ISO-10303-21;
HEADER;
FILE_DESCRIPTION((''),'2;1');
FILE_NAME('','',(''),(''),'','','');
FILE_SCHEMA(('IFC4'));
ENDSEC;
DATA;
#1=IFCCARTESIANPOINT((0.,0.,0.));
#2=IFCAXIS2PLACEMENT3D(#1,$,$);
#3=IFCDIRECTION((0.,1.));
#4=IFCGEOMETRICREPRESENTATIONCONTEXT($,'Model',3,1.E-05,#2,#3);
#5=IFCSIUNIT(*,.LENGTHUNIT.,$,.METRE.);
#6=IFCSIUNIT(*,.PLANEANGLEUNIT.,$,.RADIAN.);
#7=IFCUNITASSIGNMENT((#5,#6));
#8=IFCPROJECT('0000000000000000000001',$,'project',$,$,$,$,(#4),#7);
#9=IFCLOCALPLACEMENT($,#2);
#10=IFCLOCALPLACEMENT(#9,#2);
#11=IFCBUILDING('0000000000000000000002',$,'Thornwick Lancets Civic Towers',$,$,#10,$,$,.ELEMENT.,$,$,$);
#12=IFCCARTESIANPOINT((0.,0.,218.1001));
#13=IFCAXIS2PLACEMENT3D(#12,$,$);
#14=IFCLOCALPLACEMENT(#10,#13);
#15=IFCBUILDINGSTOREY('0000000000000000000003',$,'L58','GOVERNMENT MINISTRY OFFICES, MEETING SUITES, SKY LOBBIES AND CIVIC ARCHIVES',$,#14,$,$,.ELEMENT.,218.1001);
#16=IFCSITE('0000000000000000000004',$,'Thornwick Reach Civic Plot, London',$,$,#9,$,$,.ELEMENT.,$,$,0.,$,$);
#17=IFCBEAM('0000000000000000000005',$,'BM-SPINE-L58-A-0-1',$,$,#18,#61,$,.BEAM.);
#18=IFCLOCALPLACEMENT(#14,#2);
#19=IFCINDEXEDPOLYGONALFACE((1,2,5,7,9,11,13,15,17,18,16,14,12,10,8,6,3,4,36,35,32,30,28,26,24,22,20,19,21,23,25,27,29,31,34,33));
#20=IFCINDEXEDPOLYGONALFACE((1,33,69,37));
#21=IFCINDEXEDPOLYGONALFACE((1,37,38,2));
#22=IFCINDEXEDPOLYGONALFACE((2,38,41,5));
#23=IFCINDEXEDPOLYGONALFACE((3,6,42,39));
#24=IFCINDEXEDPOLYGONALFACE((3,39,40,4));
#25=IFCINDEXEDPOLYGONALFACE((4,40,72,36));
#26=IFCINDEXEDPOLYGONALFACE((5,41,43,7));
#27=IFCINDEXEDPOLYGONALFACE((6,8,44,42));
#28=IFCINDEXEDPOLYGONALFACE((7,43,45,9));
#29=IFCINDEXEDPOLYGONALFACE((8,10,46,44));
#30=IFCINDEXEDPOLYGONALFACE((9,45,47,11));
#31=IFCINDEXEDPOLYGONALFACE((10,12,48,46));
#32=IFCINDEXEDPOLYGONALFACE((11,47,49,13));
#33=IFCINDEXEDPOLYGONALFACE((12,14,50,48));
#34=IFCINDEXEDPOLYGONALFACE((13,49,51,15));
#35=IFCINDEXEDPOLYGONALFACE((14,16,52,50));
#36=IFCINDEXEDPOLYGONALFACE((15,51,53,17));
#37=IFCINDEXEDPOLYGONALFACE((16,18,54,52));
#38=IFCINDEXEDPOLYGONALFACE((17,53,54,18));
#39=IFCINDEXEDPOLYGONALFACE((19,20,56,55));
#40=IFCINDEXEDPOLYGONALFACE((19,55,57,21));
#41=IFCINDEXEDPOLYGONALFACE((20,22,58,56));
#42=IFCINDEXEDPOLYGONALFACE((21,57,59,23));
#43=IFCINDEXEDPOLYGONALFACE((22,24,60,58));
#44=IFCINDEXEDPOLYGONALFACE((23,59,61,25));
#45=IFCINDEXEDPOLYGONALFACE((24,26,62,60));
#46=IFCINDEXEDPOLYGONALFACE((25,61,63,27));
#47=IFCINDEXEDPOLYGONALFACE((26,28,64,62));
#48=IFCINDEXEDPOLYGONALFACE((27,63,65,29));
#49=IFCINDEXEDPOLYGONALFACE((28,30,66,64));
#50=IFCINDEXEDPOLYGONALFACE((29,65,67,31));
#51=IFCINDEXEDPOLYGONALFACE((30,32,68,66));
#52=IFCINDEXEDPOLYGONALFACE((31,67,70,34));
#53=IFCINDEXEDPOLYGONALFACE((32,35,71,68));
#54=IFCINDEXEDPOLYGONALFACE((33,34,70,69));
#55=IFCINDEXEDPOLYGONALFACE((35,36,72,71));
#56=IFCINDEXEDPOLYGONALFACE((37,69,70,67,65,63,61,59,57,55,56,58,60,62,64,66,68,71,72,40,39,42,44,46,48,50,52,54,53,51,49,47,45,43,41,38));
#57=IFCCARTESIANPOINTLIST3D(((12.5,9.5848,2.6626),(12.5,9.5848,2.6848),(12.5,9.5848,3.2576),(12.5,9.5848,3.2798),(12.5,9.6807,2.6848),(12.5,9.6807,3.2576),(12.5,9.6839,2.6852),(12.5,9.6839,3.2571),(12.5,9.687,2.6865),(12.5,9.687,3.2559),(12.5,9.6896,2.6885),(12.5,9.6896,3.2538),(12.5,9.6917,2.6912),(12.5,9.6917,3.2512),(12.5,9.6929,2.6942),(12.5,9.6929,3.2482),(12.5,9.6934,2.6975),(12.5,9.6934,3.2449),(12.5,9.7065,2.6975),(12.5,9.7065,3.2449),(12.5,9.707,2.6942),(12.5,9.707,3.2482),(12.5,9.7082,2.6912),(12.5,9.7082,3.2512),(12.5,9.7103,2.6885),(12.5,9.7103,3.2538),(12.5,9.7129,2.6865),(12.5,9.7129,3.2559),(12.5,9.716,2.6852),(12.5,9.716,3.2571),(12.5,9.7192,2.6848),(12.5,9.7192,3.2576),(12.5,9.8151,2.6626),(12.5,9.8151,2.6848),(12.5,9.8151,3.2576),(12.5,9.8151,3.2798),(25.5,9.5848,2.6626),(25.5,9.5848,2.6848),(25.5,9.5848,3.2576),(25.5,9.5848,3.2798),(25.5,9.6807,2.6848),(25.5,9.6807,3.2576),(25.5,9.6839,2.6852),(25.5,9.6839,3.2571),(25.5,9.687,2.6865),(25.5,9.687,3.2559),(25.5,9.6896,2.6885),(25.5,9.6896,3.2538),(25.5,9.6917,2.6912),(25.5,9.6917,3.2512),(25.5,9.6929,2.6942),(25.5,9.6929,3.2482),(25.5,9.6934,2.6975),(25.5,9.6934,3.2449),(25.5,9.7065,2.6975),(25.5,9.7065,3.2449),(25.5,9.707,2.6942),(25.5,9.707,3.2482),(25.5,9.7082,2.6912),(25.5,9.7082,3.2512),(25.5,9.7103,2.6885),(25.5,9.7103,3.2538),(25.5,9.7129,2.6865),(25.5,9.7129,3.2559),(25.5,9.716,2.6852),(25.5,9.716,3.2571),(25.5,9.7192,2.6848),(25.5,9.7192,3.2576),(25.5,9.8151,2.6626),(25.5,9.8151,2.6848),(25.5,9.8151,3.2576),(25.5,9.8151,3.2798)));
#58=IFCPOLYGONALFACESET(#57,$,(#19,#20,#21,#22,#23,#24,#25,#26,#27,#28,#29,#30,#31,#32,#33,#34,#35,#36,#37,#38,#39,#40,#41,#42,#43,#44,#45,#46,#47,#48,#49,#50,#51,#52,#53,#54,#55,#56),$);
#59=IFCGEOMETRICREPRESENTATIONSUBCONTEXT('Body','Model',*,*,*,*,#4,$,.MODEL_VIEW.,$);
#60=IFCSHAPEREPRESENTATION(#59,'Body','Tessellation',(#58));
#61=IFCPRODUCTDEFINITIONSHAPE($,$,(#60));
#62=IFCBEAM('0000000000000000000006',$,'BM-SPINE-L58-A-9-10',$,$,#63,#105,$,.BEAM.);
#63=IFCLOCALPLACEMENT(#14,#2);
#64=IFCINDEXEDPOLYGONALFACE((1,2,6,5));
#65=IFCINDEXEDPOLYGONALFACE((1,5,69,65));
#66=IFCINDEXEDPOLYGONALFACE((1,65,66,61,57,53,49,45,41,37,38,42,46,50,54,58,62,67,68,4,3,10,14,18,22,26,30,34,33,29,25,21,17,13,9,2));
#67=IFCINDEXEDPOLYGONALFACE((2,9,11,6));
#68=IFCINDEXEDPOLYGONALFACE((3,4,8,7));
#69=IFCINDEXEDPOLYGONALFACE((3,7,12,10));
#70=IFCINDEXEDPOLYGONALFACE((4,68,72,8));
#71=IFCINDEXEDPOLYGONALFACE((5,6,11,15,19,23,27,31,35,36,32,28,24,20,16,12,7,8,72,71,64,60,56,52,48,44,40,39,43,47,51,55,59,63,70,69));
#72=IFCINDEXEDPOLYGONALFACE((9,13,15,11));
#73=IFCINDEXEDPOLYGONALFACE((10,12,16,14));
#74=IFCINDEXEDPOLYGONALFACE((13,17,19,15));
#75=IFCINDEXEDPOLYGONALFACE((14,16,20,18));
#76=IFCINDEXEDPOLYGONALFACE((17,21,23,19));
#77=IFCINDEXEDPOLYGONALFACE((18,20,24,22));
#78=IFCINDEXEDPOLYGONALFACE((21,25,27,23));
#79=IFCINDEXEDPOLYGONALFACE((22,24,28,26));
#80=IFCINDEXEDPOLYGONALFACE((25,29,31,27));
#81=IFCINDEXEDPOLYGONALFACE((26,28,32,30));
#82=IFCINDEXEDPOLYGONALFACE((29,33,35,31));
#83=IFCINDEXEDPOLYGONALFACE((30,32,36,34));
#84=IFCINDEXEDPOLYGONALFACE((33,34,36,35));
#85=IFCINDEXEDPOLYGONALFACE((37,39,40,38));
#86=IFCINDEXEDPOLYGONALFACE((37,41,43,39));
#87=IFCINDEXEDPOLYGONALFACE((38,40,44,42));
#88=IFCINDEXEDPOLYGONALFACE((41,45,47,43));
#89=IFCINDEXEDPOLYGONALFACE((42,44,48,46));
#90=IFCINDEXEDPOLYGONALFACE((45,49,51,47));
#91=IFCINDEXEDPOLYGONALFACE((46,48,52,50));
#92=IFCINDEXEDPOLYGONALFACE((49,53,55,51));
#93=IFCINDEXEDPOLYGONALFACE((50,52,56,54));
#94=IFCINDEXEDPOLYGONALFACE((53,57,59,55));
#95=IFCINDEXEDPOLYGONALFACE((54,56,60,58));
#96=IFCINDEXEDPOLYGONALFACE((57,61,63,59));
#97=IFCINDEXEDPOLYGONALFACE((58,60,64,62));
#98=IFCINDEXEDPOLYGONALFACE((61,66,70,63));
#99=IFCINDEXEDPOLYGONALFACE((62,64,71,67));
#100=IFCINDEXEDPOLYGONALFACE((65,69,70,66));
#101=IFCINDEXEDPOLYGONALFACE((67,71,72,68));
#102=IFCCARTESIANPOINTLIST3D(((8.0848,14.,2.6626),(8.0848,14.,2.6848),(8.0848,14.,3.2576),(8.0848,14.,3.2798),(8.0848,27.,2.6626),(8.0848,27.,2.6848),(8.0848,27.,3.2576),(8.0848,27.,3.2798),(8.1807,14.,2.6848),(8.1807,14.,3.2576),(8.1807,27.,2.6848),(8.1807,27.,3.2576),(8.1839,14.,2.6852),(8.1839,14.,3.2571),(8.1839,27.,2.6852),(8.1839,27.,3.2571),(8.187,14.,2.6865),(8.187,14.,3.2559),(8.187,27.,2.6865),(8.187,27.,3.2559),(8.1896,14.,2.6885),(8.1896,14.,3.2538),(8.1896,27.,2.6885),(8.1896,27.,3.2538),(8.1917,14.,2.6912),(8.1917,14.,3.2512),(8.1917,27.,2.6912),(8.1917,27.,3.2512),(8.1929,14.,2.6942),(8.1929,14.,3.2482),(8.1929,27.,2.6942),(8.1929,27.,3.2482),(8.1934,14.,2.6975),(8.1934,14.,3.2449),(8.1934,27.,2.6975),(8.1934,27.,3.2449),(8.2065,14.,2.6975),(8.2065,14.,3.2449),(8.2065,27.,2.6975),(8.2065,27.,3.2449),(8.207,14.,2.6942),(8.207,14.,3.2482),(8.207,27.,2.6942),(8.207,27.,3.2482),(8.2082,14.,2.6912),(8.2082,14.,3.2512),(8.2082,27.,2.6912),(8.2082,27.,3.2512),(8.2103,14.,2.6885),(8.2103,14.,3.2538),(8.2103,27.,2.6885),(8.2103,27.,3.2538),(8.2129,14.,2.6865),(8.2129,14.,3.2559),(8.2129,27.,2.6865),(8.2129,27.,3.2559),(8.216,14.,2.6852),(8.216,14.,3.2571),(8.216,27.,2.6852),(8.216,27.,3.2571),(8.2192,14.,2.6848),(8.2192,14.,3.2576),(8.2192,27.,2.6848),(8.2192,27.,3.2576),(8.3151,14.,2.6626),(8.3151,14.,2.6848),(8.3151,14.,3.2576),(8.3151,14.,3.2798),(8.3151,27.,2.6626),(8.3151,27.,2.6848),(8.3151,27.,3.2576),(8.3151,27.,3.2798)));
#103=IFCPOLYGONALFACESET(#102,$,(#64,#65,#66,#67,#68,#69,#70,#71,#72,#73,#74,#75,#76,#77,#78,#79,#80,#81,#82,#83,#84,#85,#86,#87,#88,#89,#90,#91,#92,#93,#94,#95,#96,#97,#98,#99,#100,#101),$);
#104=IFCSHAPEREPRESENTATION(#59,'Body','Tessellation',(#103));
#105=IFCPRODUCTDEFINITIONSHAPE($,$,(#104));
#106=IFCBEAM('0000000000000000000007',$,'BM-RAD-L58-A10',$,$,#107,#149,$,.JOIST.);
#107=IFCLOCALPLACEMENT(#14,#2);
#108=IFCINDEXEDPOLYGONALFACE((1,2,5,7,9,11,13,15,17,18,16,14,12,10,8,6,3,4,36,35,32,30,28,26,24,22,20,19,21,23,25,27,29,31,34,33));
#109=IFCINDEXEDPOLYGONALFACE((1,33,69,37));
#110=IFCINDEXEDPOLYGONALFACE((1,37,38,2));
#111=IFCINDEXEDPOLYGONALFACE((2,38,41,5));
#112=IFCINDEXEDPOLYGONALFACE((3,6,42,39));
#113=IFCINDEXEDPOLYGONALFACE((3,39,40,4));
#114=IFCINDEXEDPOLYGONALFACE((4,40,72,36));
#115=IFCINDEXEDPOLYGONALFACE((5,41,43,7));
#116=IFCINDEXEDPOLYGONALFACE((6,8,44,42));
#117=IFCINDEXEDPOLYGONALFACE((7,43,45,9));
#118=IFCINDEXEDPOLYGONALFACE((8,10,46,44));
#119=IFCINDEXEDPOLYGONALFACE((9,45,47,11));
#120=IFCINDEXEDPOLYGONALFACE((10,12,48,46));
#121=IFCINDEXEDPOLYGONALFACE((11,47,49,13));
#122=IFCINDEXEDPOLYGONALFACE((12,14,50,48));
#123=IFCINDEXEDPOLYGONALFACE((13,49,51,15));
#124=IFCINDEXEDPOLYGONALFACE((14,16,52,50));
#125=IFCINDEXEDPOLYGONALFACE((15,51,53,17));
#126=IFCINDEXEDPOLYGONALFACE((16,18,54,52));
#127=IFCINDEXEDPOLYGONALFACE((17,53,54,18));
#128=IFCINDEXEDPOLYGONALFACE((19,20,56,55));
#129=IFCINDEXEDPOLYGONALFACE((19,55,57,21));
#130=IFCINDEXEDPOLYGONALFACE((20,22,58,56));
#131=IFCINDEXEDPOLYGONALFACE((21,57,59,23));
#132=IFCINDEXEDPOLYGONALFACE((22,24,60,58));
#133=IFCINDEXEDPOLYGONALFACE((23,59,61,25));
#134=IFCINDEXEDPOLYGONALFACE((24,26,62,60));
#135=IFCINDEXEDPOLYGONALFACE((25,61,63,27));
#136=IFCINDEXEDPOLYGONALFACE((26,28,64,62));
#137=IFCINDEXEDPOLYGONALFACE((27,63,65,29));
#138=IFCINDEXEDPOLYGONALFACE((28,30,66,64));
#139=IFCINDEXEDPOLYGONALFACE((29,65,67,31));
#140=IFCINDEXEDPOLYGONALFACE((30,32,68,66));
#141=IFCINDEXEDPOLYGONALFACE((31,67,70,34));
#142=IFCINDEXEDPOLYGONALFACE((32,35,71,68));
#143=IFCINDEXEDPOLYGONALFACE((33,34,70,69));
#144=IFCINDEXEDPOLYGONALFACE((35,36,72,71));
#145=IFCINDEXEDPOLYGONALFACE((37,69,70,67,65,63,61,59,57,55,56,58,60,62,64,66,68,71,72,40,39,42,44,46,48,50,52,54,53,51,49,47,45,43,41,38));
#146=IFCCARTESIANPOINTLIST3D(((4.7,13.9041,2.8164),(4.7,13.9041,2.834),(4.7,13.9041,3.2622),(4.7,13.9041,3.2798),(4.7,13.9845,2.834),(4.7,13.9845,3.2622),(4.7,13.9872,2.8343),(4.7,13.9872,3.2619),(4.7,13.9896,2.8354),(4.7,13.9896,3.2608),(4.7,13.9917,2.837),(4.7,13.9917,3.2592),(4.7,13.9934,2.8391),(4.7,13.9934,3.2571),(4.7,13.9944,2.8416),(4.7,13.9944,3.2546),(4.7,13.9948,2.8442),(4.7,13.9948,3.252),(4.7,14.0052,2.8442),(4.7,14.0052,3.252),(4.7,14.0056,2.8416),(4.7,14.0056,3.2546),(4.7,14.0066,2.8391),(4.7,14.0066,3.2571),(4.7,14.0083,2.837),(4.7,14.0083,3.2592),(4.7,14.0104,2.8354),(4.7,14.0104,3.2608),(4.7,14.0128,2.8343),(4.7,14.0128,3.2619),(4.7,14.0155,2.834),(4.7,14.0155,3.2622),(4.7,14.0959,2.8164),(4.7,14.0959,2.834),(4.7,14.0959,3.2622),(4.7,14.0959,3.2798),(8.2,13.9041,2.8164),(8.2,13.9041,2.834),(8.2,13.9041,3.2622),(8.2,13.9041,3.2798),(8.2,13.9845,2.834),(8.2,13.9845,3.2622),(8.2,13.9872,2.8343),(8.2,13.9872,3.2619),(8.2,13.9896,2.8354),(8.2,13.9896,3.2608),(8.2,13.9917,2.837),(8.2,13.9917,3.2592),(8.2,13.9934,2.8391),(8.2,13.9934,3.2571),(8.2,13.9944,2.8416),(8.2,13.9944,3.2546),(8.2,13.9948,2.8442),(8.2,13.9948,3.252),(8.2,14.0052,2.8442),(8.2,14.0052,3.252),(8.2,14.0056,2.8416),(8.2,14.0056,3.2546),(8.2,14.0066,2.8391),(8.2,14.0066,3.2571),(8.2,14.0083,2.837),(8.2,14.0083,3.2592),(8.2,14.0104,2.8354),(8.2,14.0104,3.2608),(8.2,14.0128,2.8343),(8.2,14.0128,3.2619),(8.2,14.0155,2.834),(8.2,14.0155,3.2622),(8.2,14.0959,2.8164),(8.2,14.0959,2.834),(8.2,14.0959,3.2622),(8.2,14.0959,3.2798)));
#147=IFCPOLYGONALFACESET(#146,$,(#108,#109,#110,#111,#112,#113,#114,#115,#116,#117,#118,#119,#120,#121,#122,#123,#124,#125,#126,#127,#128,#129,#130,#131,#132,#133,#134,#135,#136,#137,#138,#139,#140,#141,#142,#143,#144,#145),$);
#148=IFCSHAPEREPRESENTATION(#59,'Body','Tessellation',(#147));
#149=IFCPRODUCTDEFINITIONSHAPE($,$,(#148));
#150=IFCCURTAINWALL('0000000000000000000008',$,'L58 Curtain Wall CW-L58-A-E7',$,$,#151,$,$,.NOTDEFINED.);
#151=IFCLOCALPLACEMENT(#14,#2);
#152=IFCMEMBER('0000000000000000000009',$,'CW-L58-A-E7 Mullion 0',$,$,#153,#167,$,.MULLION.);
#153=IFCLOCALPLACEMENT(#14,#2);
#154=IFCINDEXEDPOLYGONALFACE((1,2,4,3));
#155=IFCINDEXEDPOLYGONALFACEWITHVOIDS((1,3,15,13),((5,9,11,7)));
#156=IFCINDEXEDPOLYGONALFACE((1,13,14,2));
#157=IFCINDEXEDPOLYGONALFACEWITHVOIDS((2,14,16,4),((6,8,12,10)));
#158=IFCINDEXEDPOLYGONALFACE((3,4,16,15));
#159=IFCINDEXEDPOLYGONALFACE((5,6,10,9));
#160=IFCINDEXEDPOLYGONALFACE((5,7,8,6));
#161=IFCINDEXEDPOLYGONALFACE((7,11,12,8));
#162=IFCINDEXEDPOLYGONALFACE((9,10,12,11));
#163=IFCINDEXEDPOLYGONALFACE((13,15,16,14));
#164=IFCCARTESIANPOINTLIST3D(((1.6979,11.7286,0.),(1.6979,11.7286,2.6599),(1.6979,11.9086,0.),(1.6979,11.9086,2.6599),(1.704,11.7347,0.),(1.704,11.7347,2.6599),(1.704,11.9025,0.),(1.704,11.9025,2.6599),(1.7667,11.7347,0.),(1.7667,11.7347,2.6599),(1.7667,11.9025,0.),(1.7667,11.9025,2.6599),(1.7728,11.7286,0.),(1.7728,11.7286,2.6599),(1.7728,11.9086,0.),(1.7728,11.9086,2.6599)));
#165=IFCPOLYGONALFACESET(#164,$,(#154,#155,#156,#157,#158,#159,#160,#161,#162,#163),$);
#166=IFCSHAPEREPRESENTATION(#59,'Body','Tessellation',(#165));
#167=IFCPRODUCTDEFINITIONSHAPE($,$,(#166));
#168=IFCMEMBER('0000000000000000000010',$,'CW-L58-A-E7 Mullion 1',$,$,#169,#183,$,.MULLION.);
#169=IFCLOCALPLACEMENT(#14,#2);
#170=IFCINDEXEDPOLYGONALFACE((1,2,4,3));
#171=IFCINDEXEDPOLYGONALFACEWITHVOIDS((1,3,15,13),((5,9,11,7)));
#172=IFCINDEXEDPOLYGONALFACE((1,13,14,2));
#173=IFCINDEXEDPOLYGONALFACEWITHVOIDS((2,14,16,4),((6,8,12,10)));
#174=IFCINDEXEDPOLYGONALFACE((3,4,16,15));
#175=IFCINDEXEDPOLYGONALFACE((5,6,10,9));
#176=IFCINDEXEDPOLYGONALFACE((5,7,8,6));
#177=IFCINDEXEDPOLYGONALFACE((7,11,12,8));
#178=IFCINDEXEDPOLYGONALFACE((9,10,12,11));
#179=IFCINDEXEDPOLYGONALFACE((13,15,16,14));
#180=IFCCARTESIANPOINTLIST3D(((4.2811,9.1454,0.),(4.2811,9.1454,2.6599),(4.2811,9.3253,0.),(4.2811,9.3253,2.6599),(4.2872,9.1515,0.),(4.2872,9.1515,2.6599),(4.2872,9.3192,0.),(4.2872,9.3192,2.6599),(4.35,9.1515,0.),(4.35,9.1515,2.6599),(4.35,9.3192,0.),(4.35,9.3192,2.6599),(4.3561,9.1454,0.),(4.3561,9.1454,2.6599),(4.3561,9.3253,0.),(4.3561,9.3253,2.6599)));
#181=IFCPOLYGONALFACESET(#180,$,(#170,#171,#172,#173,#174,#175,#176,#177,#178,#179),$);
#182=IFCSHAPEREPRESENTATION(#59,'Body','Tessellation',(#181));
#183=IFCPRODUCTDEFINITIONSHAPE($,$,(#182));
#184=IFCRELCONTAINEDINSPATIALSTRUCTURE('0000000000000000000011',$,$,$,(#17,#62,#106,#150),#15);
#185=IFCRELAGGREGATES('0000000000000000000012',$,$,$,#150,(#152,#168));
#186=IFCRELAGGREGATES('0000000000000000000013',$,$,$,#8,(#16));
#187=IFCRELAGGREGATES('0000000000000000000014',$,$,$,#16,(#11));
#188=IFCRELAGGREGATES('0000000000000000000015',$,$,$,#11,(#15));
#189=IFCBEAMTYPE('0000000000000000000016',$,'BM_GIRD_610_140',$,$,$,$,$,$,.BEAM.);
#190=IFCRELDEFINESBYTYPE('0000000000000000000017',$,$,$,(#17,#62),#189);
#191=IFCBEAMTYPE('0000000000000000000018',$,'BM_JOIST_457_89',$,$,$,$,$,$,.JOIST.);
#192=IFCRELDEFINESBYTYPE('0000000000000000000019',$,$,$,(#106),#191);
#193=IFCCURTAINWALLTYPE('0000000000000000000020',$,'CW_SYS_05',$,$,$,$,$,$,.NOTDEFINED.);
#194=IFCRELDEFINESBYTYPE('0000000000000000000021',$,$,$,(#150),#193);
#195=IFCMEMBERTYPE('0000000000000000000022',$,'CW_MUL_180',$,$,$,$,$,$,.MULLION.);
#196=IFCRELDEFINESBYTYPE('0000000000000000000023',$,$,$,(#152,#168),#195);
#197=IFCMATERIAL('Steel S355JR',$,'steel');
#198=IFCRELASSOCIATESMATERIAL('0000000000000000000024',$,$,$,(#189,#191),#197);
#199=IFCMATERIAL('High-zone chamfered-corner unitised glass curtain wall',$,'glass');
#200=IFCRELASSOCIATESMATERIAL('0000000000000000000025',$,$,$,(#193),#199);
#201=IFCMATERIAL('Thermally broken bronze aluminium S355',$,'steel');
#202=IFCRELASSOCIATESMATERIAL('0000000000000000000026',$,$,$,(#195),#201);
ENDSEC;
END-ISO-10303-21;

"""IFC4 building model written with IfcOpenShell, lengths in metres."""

from ifc_helpers import new_model, si_unit, direction, frame, origin, origin_2d, place, context, subcontext, project, spatial, hollow_rectangle, i_section, extrude, material, material_profile, profile_set, type_object, element, aggregate, save


model = new_model("IFC4")

# Units and contexts
model_context = context("Model", 3, precision=1e-05, world=origin(), true_north=direction((0.0, 1.0)))
body_context = subcontext(model_context, "Body", "Model", "MODEL_VIEW")
ifc_project = project(units=[si_unit("LENGTHUNIT", "METRE"), si_unit("PLANEANGLEUNIT", "RADIAN")], contexts=[model_context])

# Site, building, storey
site_placement = place(None, origin())
site = spatial("IfcSite", under=ifc_project, at=site_placement, Name="Thornwick Reach Civic Plot, London", CompositionType="ELEMENT", RefElevation=0.0)
building_placement = place(site_placement, origin())
building = spatial("IfcBuilding", under=site, at=building_placement, Name="Thornwick Lancets Civic Towers", CompositionType="ELEMENT")
storey_placement = place(building_placement, frame((0.0, 0.0, 218.1001)))
storey = spatial("IfcBuildingStorey", under=building, at=storey_placement, Name="L58", Description="GOVERNMENT MINISTRY OFFICES, MEETING SUITES, SKY LOBBIES AND CIVIC ARCHIVES", CompositionType="ELEMENT", Elevation=218.1001)

# Shared definitions
ifc_material_1 = material(Name="Steel S355JR", Category="steel")

# Beams
ifc_material_profile_1 = material_profile(ifc_material_1, i_section(OverallWidth=0.2302, OverallDepth=0.6172, WebThickness=0.0132, FlangeThickness=0.0222, FilletRadius=0.0127, at=origin_2d()), Name="UKB 610x229x140")
ifc_profile_set_1 = profile_set([ifc_material_profile_1], Name="Steel S355JR")
beam_type_1 = type_object("IfcBeamType", Name="BM_GIRD_610_140", PredefinedType="BEAM", material=ifc_profile_set_1)
for number, where, z_axis, x_axis, name in (
    (1, (12.5, 9.7, 2.9712), (1.0, 0.0, 0.0), (0.0, 1.0, 0.0), "BM-SPINE-L58-A-0-1"),
    (2, (8.2, 14.0, 2.9712), (0.0, 1.0, 0.0), (-1.0, 0.0, 0.0), "BM-SPINE-L58-A-9-10"),
):
    element("IfcBeam", number, at=place(storey_placement, frame(where, z_axis=z_axis, x_axis=x_axis)), inside=storey, type_object=beam_type_1, Name=name, PredefinedType="BEAM", context=body_context, shape_type="SweptSolid", body=[
        extrude(i_section(OverallWidth=0.2302, OverallDepth=0.6172, WebThickness=0.0132, FlangeThickness=0.0222, FilletRadius=0.0127, at=origin_2d()), origin(), (0.0, 0.0, 1.0), 13.0),
    ])
ifc_material_profile_2 = material_profile(ifc_material_1, i_section(OverallWidth=0.1919, OverallDepth=0.4634, WebThickness=0.0105, FlangeThickness=0.0176, FilletRadius=0.0103, at=origin_2d()), Name="UKB 457x191x89")
ifc_profile_set_2 = profile_set([ifc_material_profile_2], Name="Steel S355JR")
beam_type_2 = type_object("IfcBeamType", Name="BM_JOIST_457_89", PredefinedType="JOIST", material=ifc_profile_set_2)
beam_1_placement = place(storey_placement, frame((8.2, 14.0, 3.0481), z_axis=(-1.0, 0.0, 0.0), x_axis=(0.0, -1.0, 0.0)))
element("IfcBeam", 3, at=beam_1_placement, inside=storey, type_object=beam_type_2, Name="BM-RAD-L58-A10", PredefinedType="JOIST", context=body_context, shape_type="SweptSolid", body=[
    extrude(i_section(OverallWidth=0.1919, OverallDepth=0.4634, WebThickness=0.0105, FlangeThickness=0.0176, FilletRadius=0.0103, at=origin_2d()), origin(), (0.0, 0.0, 1.0), 3.5),
])

# Curtain wall, members
ifc_material_2 = material(Name="High-zone chamfered-corner unitised glass curtain wall", Category="glass")
curtain_wall_type = type_object("IfcCurtainWallType", Name="CW_SYS_05", PredefinedType="NOTDEFINED", material=ifc_material_2)
curtain_wall_placement = place(storey_placement, origin())
curtain_wall = element("IfcCurtainWall", 4, at=curtain_wall_placement, inside=storey, type_object=curtain_wall_type, Name="L58 Curtain Wall CW-L58-A-E7", PredefinedType="NOTDEFINED")
ifc_material_3 = material(Name="Thermally broken bronze aluminium S355", Category="steel")
ifc_material_profile_3 = material_profile(ifc_material_3, hollow_rectangle(XDim=0.075, YDim=0.1799, WallThickness=0.0061, at=origin_2d()), Name="RHS 180x75x6")
ifc_profile_set_3 = profile_set([ifc_material_profile_3], Name="Thermally broken bronze aluminium S355")
member_type_1 = type_object("IfcMemberType", Name="CW_MUL_180", PredefinedType="MULLION", material=ifc_profile_set_3)
member_1_placement = place(storey_placement, frame((1.7354, 11.8186, 0.0), z_axis=(0.0, 0.0, 1.0), x_axis=(1.0, 0.0, 0.0)))
member_1 = element("IfcMember", 5, at=member_1_placement, type_object=member_type_1, Name="CW-L58-A-E7 Mullion 0", PredefinedType="MULLION", context=body_context, shape_type="SweptSolid", body=[
    extrude(hollow_rectangle(XDim=0.075, YDim=0.1799, WallThickness=0.0061, at=origin_2d()), origin(), (0.0, 0.0, 1.0), 2.6599),
])
member_2_placement = place(storey_placement, frame((4.3186, 9.2354, 0.0), z_axis=(0.0, 0.0, 1.0), x_axis=(1.0, 0.0, 0.0)))
member_2 = element("IfcMember", 6, at=member_2_placement, type_object=member_type_1, Name="CW-L58-A-E7 Mullion 1", PredefinedType="MULLION", context=body_context, shape_type="SweptSolid", body=[
    extrude(hollow_rectangle(XDim=0.075, YDim=0.1799, WallThickness=0.0061, at=origin_2d()), origin(), (0.0, 0.0, 1.0), 2.6599),
])
aggregate(curtain_wall, [member_1, member_2])

save(model, "model.ifc")
